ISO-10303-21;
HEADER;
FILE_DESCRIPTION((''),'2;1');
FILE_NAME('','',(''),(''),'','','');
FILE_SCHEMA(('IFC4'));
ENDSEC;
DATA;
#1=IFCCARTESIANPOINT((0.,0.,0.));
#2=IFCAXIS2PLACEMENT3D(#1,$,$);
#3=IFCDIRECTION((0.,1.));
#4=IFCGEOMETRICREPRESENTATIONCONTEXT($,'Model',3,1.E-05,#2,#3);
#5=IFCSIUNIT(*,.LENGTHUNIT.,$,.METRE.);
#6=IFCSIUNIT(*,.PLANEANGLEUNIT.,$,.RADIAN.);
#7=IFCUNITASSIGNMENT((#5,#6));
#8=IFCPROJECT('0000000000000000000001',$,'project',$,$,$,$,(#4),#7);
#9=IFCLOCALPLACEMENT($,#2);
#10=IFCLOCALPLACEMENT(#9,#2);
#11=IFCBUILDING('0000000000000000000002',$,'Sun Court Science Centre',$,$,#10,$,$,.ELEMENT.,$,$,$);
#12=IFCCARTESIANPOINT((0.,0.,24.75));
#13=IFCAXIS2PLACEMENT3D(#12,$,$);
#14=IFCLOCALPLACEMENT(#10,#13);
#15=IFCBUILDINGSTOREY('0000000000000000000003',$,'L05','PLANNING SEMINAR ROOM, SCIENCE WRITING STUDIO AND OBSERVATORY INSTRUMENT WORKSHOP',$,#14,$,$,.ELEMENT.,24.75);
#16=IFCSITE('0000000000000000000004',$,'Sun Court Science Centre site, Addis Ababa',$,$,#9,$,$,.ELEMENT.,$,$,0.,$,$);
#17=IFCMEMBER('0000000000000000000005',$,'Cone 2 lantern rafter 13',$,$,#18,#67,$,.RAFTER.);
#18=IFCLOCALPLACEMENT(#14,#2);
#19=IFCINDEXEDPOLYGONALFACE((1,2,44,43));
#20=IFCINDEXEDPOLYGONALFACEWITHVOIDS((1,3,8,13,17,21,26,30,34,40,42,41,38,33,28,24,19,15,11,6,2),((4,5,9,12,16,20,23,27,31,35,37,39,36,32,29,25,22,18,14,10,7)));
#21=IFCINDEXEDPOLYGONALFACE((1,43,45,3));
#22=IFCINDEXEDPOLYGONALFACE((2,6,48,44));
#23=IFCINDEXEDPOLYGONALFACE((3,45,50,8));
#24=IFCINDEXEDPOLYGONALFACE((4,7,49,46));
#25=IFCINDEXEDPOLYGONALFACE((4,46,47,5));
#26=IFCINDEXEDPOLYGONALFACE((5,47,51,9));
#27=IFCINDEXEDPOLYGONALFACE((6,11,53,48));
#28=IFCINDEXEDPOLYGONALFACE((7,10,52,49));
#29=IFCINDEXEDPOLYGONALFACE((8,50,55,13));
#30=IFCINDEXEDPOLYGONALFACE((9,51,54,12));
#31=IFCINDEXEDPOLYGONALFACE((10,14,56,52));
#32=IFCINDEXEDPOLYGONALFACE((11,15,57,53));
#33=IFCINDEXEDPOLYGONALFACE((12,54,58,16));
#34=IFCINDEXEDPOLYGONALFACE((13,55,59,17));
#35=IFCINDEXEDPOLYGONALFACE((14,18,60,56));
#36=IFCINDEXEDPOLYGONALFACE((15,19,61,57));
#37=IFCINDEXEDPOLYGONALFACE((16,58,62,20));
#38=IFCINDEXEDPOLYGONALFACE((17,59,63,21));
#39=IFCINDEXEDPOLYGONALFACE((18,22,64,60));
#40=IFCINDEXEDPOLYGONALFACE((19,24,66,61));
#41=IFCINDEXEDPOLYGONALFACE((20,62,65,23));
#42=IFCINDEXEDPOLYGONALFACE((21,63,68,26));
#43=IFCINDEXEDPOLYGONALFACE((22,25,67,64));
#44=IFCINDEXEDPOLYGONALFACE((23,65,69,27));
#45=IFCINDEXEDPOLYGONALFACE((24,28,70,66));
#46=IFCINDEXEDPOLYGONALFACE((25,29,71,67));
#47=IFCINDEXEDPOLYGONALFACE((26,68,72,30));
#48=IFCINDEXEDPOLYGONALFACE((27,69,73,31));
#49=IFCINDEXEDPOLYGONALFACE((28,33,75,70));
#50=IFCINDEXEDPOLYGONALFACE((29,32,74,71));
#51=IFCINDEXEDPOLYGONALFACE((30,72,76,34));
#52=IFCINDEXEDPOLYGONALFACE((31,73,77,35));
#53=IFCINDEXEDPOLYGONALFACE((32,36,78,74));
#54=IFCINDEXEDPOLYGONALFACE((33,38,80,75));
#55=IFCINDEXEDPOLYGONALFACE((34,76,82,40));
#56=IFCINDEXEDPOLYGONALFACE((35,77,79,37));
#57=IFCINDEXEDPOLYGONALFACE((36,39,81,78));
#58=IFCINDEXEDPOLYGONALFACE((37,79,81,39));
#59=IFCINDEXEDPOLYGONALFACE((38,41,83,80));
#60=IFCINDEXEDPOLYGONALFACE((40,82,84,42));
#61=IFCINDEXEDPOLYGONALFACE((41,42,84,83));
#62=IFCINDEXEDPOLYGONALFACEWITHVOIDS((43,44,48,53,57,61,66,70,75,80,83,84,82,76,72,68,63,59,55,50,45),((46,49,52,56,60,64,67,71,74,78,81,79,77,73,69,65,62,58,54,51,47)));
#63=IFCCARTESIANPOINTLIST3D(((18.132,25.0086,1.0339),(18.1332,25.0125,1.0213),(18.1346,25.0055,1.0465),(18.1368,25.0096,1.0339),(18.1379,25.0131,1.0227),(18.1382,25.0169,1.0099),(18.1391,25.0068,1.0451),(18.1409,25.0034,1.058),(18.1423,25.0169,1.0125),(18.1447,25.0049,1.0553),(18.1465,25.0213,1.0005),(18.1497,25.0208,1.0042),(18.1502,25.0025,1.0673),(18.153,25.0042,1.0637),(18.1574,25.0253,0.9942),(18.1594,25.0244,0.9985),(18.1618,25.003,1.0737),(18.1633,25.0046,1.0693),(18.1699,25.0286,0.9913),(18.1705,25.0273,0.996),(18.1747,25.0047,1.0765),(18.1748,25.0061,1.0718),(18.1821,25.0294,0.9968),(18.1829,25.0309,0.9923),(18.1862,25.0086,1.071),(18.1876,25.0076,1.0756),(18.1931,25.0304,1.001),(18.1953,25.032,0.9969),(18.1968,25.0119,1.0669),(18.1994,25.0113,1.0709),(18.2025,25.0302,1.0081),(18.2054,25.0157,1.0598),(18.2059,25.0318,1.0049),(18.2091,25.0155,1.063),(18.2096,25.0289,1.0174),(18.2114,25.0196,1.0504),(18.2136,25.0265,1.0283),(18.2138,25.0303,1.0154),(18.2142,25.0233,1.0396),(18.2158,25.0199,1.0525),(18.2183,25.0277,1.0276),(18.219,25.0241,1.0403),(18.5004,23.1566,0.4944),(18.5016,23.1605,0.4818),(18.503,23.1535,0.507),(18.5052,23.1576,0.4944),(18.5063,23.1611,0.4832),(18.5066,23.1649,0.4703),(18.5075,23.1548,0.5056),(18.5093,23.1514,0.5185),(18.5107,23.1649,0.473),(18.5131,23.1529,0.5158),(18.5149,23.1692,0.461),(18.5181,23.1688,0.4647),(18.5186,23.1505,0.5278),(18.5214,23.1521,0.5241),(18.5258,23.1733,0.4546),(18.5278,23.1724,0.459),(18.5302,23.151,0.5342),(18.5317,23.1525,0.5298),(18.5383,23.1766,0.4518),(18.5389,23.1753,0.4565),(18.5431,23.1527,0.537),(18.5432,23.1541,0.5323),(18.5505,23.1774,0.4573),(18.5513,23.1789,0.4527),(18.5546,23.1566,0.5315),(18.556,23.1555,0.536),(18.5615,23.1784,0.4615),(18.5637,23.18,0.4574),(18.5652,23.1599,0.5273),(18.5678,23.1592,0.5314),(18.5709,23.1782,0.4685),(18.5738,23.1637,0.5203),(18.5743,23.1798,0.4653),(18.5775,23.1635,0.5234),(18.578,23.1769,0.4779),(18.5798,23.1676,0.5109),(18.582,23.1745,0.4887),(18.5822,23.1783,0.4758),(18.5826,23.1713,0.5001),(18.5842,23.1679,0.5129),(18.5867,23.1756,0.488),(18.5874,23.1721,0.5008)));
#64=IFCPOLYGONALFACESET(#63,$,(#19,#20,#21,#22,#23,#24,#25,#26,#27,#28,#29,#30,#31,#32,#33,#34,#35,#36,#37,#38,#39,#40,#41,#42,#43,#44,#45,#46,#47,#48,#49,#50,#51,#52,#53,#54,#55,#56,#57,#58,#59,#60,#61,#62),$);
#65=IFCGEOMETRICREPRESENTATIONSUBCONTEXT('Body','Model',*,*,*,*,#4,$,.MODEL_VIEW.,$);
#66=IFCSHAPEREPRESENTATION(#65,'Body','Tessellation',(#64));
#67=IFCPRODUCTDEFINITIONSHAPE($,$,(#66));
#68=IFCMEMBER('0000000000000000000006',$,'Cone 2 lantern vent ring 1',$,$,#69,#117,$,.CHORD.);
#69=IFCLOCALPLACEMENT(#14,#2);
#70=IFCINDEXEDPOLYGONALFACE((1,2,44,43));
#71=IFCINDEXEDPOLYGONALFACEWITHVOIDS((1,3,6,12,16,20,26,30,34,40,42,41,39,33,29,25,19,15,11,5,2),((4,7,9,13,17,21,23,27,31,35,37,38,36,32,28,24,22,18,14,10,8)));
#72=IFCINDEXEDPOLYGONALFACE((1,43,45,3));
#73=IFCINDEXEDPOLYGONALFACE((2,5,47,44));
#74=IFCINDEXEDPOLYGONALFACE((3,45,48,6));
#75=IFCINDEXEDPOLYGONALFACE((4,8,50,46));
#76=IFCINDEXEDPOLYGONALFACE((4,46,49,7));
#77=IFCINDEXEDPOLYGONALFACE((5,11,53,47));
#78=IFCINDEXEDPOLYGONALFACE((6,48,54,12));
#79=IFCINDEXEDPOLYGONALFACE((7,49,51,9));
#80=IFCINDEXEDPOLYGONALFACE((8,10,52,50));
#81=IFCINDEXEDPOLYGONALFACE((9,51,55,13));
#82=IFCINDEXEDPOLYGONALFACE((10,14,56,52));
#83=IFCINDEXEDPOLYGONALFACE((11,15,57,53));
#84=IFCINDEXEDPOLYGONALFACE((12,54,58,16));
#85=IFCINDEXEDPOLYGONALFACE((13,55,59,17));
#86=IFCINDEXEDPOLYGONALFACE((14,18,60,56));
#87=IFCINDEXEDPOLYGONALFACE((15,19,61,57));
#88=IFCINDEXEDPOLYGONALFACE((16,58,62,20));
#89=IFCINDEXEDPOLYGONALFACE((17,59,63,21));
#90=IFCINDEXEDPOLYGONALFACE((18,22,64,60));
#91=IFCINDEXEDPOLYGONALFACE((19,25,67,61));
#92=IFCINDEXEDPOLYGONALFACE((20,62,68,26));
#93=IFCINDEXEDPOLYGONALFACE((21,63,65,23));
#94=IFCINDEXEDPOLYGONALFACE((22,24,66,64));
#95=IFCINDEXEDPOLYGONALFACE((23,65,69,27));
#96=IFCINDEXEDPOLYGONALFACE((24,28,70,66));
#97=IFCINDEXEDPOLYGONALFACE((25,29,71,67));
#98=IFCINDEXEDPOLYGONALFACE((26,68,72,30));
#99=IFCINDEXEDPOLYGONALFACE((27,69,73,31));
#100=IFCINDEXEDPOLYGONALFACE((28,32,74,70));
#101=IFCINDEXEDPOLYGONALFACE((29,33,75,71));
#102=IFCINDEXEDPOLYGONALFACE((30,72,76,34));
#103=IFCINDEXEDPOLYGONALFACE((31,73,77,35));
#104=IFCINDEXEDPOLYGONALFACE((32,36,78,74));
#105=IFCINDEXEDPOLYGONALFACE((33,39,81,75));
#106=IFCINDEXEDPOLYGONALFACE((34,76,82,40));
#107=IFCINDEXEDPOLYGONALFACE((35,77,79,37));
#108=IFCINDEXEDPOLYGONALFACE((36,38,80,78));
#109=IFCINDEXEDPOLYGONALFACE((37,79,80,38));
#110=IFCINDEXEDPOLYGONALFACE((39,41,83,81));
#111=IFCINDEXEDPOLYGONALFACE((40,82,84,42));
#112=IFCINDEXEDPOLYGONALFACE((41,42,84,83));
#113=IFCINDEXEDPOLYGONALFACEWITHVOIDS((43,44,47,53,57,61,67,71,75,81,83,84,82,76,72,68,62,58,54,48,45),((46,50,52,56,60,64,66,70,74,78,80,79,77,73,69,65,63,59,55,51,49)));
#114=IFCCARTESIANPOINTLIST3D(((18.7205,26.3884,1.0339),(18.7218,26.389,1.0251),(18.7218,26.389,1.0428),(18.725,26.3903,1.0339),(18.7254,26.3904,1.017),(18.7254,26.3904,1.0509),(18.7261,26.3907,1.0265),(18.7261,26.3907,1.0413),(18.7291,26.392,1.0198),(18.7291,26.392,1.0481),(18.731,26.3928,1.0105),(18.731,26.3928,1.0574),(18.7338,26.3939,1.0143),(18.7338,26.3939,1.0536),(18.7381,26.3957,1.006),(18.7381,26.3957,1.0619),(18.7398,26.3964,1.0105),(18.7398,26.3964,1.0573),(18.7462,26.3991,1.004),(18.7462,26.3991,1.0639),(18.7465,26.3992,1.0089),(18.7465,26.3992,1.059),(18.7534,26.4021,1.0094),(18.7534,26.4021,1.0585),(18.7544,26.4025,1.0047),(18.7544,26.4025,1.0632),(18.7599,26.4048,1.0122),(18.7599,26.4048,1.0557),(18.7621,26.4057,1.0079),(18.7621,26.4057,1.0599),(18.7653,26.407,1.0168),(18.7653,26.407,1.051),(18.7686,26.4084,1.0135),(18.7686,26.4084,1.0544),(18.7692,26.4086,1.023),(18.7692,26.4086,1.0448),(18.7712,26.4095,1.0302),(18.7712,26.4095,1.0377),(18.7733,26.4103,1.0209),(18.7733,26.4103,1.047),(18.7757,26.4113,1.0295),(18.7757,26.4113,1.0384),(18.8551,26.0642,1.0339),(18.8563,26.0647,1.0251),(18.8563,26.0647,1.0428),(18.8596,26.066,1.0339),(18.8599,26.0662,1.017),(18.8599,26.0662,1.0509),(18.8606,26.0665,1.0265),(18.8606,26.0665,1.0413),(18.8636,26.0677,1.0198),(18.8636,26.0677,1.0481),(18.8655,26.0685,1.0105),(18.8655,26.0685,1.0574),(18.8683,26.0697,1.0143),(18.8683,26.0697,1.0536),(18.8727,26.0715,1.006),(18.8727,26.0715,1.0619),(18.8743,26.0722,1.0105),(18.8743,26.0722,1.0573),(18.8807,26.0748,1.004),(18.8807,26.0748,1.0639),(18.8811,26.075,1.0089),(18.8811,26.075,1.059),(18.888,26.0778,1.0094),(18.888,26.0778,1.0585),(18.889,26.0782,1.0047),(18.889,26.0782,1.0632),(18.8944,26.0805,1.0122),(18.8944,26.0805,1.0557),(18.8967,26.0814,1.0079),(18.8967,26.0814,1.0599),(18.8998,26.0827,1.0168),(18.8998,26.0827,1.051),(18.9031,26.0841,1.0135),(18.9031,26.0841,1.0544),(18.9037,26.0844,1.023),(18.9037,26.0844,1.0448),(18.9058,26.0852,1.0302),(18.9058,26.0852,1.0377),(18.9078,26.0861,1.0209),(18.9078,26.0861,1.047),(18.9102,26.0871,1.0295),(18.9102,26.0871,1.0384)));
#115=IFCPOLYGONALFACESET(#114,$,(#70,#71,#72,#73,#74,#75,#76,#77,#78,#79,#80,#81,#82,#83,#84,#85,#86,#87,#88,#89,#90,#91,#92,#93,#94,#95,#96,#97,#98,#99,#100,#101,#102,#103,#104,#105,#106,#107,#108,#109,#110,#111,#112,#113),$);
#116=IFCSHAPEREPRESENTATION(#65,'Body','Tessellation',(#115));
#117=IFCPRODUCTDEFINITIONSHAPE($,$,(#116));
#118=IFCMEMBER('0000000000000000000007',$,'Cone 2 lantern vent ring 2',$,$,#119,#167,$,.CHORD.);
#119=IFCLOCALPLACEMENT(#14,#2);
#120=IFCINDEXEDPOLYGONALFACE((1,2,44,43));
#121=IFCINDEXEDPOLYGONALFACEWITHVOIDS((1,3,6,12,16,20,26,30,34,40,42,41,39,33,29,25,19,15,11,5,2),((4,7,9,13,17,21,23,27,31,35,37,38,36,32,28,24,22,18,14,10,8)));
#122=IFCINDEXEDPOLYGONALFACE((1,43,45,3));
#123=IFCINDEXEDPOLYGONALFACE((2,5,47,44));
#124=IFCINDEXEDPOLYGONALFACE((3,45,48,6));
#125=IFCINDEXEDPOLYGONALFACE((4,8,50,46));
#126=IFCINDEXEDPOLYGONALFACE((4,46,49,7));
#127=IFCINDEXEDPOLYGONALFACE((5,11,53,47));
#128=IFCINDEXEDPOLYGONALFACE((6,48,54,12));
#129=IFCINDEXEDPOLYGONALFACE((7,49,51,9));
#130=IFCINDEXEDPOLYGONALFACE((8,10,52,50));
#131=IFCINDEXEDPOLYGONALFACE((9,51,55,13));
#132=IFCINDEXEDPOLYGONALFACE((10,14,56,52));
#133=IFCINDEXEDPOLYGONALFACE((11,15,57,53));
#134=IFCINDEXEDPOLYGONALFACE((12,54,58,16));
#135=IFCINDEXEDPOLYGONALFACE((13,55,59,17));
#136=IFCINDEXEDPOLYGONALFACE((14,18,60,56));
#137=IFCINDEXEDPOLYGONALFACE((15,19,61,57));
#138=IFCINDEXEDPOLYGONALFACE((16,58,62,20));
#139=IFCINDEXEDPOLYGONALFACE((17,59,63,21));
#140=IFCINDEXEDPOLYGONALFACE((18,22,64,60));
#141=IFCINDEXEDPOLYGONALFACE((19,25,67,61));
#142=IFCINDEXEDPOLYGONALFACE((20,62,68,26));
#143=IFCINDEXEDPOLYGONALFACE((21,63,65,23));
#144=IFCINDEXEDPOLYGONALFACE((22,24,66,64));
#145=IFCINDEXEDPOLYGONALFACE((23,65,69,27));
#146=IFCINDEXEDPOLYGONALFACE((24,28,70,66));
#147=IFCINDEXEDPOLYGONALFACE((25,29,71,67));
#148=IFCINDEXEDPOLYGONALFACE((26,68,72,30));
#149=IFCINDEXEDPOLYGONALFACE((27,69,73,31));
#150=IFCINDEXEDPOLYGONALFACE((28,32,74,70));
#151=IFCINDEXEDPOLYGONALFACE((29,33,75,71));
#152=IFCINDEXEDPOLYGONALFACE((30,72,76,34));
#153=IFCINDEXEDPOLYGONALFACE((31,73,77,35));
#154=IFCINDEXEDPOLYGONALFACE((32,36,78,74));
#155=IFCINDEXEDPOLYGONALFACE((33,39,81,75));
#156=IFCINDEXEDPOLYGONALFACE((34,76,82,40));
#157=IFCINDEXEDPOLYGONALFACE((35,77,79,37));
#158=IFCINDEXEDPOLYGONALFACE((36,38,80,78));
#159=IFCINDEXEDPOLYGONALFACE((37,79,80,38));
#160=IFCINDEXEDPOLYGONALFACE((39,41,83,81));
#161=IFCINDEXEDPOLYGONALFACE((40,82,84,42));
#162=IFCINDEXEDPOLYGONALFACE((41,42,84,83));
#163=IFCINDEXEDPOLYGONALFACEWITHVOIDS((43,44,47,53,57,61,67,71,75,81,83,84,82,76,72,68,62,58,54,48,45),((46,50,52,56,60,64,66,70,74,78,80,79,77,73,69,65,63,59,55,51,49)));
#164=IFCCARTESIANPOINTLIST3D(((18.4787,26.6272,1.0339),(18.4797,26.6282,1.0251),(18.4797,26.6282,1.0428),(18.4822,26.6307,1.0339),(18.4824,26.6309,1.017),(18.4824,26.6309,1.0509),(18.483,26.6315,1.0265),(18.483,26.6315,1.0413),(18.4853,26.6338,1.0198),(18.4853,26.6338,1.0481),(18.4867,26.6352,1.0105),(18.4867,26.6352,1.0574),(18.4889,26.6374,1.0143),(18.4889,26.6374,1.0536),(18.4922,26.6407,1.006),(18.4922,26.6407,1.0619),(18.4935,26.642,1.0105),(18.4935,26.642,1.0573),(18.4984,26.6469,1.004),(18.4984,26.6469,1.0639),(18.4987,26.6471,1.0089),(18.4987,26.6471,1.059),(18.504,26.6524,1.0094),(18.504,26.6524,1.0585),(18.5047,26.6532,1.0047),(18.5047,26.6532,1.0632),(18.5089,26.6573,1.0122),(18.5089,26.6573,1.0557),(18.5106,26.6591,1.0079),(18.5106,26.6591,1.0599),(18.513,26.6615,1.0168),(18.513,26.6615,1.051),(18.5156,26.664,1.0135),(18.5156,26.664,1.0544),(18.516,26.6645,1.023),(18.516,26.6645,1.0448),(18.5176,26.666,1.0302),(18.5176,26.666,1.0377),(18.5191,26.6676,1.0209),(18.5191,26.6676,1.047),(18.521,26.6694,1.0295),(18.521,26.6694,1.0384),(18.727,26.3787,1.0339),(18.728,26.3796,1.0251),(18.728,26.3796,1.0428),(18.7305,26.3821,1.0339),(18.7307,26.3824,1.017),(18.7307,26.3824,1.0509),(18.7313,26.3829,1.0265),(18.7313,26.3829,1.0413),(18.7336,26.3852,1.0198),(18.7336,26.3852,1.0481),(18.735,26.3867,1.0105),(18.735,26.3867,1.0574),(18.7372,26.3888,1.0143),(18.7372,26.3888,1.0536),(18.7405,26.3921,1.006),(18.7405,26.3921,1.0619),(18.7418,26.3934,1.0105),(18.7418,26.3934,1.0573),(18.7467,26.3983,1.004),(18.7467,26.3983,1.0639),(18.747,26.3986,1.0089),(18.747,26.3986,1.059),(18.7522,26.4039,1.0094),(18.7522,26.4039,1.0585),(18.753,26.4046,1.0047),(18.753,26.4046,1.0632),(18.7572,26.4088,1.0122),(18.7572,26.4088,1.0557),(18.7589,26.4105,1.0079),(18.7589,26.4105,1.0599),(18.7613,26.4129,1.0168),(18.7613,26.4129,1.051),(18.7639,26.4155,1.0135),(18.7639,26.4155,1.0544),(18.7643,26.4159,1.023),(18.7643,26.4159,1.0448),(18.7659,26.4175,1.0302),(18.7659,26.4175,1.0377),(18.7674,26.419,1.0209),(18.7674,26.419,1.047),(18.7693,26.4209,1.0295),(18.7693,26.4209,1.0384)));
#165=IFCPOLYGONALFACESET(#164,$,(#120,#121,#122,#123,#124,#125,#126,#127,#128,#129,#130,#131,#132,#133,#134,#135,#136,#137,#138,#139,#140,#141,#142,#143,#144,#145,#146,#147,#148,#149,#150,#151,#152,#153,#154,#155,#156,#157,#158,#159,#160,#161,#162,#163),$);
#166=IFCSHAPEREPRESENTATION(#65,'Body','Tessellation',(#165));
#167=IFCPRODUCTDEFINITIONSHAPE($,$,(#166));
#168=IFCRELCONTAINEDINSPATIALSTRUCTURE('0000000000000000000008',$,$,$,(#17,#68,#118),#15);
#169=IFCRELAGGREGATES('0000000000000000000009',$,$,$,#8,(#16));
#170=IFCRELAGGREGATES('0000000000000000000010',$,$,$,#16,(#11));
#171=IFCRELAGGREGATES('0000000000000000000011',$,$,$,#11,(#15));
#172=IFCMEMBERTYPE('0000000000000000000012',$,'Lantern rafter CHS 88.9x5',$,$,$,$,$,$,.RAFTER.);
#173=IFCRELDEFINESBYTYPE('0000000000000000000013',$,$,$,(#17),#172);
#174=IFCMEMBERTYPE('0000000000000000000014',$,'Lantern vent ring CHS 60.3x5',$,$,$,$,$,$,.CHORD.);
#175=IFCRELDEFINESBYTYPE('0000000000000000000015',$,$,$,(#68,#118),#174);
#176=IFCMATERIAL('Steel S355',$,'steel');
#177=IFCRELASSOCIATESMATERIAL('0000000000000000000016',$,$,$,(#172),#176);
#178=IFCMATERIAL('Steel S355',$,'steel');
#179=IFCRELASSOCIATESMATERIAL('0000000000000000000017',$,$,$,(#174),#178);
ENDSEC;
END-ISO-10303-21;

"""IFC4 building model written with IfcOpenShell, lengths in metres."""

from ifc_helpers import new_model, si_unit, direction, frame, origin, origin_2d, place, context, subcontext, project, spatial, hollow_circle, extrude, material, material_profile, profile_set, type_object, element, save


model = new_model("IFC4")

# Units and contexts
model_context = context("Model", 3, precision=1e-05, world=origin(), true_north=direction((0.0, 1.0)))
body_context = subcontext(model_context, "Body", "Model", "MODEL_VIEW")
ifc_project = project(units=[si_unit("LENGTHUNIT", "METRE"), si_unit("PLANEANGLEUNIT", "RADIAN")], contexts=[model_context])

# Site, building, storey
site_placement = place(None, origin())
site = spatial("IfcSite", under=ifc_project, at=site_placement, Name="Sun Court Science Centre site, Addis Ababa", CompositionType="ELEMENT", RefElevation=0.0)
building_placement = place(site_placement, origin())
building = spatial("IfcBuilding", under=site, at=building_placement, Name="Sun Court Science Centre", CompositionType="ELEMENT")
storey_placement = place(building_placement, frame((0.0, 0.0, 24.75)))
storey = spatial("IfcBuildingStorey", under=building, at=storey_placement, Name="L05", Description="PLANNING SEMINAR ROOM, SCIENCE WRITING STUDIO AND OBSERVATORY INSTRUMENT WORKSHOP", CompositionType="ELEMENT", Elevation=24.75)

# Members
ifc_material_1 = material(Name="Steel S355", Category="steel")
ifc_material_profile_1 = material_profile(ifc_material_1, hollow_circle(Radius=0.0444, WallThickness=0.0049, at=origin_2d()), Name="CHS 88.9x5")
ifc_profile_set_1 = profile_set([ifc_material_profile_1], Name="Steel S355")
member_type_1 = type_object("IfcMemberType", Name="Lantern rafter CHS 88.9x5", PredefinedType="RAFTER", material=ifc_profile_set_1)
for number, where, z_axis, x_axis, name in (
    (1, (18.5439, 23.1653, 0.4944), (-0.187589, 0.943044, 0.274733), (-0.980784, -0.195097, 0.0), "Cone 2 lantern rafter 13"),
):
    element("IfcMember", number, at=place(storey_placement, frame(where, z_axis=z_axis, x_axis=x_axis)), inside=storey, type_object=member_type_1, Name=name, PredefinedType="RAFTER", context=body_context, shape_type="SweptSolid", body=[
        extrude(hollow_circle(Radius=0.0444, WallThickness=0.0049, at=origin_2d()), origin(), (0.0, 0.0, 1.0), 1.9639),
    ])
ifc_material_2 = material(Name="Steel S355", Category="steel")
ifc_material_profile_2 = material_profile(ifc_material_2, hollow_circle(Radius=0.03, WallThickness=0.0049, at=origin_2d()), Name="CHS 60.3x5")
ifc_profile_set_2 = profile_set([ifc_material_profile_2], Name="Steel S355")
member_type_2 = type_object("IfcMemberType", Name="Lantern vent ring CHS 60.3x5", PredefinedType="CHORD", material=ifc_profile_set_2)
member_1_placement = place(storey_placement, frame((18.8828, 26.0757, 1.0339), z_axis=(-0.383232, 0.923652, 0.0), x_axis=(-0.923652, -0.383232, 0.0)))
element("IfcMember", 2, at=member_1_placement, inside=storey, type_object=member_type_2, Name="Cone 2 lantern vent ring 1", PredefinedType="CHORD", context=body_context, shape_type="SweptSolid", body=[
    extrude(hollow_circle(Radius=0.03, WallThickness=0.0049, at=origin_2d()), origin(), (0.0, 0.0, 1.0), 0.3511),
])
member_2_placement = place(storey_placement, frame((18.7483, 26.3999, 1.0339), z_axis=(-0.706759, 0.707454, 0.0), x_axis=(-0.707454, -0.706759, 0.0)))
element("IfcMember", 3, at=member_2_placement, inside=storey, type_object=member_type_2, Name="Cone 2 lantern vent ring 2", PredefinedType="CHORD", context=body_context, shape_type="SweptSolid", body=[
    extrude(hollow_circle(Radius=0.03, WallThickness=0.0049, at=origin_2d()), origin(), (0.0, 0.0, 1.0), 0.3513),
])

save(model, "model.ifc")
